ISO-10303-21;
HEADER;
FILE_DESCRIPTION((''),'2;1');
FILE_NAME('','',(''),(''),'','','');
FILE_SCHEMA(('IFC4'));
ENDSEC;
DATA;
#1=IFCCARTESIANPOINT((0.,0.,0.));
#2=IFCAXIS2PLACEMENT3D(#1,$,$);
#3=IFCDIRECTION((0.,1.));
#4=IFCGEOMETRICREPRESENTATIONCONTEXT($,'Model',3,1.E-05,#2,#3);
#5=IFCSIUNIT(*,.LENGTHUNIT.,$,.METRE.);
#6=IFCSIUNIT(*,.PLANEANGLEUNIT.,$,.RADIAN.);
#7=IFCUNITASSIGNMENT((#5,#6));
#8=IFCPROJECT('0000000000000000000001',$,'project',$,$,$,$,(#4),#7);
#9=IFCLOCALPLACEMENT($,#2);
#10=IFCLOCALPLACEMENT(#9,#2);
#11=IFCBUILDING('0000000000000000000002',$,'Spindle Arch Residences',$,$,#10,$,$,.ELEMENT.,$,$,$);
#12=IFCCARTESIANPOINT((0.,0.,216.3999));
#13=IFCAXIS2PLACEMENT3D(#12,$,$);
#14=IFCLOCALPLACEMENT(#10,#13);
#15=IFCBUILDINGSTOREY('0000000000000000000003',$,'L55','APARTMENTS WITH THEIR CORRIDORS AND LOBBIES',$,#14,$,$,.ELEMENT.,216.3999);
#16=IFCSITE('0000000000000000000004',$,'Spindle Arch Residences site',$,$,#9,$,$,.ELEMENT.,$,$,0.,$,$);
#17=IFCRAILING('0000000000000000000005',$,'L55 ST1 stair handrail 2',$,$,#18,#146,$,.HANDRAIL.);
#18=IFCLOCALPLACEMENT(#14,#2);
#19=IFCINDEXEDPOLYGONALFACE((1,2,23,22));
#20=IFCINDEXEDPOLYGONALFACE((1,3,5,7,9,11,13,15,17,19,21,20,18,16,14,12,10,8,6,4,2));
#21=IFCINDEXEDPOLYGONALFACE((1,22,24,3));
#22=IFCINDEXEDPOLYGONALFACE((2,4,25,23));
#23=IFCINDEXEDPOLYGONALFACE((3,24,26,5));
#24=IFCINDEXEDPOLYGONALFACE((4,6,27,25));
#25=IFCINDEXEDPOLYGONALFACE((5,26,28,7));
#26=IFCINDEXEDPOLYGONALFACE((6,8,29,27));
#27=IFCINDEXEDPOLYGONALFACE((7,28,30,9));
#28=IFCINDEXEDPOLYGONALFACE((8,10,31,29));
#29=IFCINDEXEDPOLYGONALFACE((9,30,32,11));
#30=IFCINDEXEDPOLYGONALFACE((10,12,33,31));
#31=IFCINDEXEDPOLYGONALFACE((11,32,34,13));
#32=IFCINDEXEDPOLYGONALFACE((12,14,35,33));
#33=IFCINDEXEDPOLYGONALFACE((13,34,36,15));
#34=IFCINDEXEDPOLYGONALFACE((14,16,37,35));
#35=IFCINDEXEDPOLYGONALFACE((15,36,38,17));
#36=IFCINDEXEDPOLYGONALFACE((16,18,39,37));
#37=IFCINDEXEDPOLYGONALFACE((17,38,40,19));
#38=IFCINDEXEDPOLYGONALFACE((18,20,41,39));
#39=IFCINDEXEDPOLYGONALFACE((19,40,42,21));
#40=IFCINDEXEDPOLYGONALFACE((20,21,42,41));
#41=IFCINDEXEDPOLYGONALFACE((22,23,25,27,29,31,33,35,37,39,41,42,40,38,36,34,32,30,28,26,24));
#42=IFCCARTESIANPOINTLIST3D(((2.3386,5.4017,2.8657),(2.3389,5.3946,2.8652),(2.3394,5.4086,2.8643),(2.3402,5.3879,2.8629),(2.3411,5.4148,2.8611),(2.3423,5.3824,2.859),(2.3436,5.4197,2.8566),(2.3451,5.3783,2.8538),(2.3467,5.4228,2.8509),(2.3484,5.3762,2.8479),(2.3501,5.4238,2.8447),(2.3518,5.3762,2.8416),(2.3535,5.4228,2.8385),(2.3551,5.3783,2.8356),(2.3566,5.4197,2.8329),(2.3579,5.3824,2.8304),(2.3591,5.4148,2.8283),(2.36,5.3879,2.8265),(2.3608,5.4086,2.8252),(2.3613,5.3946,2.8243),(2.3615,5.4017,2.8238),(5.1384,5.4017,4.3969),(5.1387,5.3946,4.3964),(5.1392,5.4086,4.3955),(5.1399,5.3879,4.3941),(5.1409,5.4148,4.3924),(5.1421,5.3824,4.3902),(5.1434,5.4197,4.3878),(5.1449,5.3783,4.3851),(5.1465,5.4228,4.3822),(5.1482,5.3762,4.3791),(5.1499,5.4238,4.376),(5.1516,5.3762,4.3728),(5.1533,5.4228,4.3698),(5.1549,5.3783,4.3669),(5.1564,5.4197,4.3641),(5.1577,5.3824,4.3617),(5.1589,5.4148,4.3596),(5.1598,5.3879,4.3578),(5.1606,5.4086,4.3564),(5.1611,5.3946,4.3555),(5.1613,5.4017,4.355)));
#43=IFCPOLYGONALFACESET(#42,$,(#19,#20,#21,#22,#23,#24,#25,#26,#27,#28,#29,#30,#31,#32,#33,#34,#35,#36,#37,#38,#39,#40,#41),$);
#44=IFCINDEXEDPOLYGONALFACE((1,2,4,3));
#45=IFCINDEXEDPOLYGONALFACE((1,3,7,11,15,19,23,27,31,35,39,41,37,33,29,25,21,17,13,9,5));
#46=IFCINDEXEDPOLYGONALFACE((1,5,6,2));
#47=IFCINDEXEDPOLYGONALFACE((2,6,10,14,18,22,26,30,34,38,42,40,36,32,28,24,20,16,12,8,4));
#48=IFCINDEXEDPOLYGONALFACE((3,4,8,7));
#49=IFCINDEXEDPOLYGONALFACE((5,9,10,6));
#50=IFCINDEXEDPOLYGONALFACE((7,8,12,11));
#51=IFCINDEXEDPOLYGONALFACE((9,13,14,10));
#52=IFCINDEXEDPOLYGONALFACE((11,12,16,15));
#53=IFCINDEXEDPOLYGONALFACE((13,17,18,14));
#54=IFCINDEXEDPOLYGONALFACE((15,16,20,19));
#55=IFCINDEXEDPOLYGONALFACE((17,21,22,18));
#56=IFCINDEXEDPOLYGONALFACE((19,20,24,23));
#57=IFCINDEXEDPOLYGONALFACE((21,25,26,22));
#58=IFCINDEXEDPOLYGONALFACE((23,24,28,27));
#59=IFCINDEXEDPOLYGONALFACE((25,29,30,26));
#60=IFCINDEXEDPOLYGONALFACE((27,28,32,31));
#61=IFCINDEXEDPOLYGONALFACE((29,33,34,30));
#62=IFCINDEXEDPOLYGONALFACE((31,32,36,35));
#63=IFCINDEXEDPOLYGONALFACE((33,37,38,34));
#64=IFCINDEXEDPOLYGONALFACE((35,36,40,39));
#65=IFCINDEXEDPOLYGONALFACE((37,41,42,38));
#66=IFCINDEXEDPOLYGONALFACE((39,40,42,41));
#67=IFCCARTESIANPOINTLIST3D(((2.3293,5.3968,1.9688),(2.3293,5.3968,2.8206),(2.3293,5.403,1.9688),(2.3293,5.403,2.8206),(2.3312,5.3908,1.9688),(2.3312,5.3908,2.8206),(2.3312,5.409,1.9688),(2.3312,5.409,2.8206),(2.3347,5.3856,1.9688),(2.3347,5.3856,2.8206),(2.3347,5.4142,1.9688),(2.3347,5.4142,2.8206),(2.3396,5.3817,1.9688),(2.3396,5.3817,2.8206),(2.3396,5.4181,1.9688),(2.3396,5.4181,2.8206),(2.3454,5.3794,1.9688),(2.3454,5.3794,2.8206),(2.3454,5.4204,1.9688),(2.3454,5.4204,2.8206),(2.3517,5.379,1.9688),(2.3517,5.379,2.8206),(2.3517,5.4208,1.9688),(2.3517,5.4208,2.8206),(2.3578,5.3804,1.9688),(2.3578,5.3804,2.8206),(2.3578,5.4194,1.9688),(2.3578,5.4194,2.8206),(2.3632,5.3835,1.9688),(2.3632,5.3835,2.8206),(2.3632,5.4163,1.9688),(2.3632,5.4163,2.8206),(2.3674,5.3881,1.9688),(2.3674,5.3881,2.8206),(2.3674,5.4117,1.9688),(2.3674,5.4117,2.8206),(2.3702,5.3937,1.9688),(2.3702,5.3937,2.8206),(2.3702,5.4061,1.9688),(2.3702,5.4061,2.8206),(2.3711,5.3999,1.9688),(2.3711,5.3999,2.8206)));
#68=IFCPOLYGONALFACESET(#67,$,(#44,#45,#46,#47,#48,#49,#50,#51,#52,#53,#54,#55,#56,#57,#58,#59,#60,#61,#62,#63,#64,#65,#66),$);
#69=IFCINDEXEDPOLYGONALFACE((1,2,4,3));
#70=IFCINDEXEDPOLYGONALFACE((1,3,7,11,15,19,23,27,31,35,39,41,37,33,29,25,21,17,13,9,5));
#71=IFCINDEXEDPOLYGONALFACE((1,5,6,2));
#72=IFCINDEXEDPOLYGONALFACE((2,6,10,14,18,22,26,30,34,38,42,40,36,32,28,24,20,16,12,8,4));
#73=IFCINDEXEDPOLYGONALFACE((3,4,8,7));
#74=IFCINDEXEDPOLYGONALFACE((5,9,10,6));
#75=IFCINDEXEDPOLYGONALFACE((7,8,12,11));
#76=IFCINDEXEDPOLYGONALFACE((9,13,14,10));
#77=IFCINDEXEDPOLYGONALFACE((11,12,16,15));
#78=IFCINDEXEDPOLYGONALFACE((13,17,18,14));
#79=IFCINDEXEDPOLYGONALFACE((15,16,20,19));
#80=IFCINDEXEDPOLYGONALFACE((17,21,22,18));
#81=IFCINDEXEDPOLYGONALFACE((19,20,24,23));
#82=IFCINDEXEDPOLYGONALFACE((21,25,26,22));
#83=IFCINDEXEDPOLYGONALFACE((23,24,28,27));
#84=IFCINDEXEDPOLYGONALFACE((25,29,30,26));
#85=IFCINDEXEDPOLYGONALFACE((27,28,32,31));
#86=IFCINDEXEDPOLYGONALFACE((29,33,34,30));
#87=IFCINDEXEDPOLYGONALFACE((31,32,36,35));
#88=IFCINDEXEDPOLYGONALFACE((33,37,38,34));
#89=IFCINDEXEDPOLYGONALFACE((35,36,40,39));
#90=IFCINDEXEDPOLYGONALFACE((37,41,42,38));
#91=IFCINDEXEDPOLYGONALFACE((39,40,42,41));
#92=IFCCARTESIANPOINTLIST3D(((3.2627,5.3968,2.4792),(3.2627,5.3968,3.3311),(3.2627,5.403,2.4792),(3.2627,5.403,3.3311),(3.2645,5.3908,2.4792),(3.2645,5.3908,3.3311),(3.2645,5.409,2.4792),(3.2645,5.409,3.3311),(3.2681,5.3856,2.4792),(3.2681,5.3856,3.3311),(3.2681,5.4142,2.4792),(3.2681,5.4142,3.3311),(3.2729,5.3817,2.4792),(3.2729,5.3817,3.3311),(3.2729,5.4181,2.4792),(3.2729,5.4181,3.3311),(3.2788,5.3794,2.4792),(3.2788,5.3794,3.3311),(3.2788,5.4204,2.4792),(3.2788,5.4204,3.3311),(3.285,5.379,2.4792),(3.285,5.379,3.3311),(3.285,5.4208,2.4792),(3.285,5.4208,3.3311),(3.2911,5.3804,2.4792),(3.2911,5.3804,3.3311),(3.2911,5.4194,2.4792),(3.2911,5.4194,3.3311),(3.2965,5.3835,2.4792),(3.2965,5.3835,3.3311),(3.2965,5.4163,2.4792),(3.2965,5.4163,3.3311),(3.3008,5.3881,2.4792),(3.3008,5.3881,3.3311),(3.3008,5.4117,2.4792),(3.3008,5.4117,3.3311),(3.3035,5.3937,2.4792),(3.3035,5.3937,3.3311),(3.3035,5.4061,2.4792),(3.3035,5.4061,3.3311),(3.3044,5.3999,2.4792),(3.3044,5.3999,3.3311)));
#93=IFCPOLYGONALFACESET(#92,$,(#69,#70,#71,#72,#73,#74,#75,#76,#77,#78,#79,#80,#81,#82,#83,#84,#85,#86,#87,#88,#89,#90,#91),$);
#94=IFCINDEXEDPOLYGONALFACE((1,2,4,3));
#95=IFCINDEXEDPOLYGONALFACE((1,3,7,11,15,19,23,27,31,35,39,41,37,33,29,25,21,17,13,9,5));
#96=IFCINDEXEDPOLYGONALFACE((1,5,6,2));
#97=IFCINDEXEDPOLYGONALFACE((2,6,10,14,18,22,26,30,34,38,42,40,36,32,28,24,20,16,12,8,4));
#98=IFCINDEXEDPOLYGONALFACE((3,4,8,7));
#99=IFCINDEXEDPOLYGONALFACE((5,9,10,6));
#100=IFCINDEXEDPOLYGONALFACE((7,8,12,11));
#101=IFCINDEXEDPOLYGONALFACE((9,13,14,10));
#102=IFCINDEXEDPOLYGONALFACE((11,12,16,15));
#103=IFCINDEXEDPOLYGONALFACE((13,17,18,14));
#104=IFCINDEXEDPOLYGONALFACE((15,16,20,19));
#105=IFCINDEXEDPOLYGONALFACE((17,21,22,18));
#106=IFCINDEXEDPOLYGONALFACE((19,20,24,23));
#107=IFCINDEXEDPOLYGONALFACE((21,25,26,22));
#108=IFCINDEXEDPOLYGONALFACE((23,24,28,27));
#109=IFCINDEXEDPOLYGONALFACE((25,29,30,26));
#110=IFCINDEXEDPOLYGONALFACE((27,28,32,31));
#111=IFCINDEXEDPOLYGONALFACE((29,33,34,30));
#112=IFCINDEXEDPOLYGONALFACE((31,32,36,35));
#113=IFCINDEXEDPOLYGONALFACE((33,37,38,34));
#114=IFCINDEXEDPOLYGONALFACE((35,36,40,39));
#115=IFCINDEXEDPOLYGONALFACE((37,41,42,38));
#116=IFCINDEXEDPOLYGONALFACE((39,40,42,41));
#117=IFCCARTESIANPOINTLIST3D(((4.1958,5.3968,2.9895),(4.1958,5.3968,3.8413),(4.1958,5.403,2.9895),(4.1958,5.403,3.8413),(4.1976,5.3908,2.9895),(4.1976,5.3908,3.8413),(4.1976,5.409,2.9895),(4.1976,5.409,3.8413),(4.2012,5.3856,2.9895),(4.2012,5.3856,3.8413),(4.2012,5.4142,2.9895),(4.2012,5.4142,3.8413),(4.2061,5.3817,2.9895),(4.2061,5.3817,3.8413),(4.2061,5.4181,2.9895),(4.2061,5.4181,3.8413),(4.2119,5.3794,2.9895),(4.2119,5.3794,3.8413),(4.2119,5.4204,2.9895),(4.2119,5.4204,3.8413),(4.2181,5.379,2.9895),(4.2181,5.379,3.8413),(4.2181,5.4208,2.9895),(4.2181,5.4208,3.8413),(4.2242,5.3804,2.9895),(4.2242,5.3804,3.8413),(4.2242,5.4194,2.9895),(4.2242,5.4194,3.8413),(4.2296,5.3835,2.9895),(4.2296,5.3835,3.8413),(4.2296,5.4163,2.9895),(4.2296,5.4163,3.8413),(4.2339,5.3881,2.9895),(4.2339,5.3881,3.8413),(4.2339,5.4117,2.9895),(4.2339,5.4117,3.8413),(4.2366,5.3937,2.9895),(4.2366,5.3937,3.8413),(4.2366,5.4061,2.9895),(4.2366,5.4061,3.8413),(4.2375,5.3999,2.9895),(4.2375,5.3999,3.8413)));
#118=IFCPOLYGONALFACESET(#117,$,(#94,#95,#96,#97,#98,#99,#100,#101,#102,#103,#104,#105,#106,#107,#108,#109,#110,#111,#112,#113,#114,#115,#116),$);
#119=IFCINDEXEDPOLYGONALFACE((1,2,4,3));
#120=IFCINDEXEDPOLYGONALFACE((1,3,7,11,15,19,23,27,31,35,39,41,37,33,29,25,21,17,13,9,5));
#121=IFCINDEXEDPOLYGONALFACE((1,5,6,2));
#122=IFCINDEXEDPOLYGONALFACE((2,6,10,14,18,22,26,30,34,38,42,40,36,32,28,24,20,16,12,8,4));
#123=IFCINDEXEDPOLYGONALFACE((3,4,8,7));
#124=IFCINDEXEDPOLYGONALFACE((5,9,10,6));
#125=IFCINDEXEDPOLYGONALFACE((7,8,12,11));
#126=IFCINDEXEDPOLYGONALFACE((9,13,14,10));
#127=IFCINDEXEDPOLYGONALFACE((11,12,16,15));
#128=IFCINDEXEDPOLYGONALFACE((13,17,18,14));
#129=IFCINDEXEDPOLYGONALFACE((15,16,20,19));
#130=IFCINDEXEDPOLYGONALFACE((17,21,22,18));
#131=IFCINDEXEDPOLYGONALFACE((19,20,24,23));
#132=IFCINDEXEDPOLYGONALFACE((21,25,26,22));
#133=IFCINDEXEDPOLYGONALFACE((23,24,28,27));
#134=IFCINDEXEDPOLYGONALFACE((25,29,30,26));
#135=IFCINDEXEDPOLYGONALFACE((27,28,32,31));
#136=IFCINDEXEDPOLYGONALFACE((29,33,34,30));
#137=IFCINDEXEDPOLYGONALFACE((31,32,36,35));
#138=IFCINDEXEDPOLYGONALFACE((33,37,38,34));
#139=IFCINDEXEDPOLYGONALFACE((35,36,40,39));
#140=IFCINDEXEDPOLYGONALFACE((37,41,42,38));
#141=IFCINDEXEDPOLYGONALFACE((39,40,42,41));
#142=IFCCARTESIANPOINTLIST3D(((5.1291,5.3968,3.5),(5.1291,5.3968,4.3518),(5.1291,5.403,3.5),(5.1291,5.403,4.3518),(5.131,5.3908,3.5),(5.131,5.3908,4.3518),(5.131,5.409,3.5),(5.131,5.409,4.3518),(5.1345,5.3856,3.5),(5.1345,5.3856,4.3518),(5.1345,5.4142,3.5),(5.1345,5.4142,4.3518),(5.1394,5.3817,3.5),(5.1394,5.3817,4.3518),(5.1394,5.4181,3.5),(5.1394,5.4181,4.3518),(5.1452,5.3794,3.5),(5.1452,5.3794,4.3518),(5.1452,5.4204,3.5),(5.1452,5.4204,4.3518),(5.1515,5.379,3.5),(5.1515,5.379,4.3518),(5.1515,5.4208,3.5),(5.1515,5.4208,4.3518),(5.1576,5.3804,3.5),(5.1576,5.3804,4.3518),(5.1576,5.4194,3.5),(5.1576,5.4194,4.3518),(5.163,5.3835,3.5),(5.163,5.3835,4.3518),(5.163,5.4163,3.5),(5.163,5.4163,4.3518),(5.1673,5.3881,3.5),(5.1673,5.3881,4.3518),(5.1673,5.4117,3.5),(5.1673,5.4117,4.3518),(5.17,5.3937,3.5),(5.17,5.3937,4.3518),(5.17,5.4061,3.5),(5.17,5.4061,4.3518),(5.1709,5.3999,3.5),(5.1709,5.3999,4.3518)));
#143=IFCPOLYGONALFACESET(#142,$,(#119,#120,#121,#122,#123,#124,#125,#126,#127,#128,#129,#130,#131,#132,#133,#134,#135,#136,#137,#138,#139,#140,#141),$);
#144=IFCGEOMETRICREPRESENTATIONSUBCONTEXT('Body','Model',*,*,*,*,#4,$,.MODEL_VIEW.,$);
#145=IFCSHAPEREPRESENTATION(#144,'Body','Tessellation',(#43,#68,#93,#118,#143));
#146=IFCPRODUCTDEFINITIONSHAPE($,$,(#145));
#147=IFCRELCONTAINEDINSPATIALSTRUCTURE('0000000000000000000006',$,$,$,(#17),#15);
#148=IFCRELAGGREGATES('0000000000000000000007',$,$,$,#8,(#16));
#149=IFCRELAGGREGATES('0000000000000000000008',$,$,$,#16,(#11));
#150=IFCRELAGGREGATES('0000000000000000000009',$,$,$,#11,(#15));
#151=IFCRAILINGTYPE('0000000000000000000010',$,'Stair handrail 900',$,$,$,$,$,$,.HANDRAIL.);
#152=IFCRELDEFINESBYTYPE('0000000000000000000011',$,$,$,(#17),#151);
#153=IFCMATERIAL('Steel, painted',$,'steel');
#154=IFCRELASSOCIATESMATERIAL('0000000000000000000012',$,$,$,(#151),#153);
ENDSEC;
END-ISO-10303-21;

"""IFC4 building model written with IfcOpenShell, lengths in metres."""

from ifc_helpers import new_model, si_unit, direction, frame, origin, origin_2d, place, context, subcontext, project, spatial, circle, extrude, material, type_object, element, save


model = new_model("IFC4")

# Units and contexts
model_context = context("Model", 3, precision=1e-05, world=origin(), true_north=direction((0.0, 1.0)))
body_context = subcontext(model_context, "Body", "Model", "MODEL_VIEW")
ifc_project = project(units=[si_unit("LENGTHUNIT", "METRE"), si_unit("PLANEANGLEUNIT", "RADIAN")], contexts=[model_context])

# Site, building, storey
site_placement = place(None, origin())
site = spatial("IfcSite", under=ifc_project, at=site_placement, Name="Spindle Arch Residences site", CompositionType="ELEMENT", RefElevation=0.0)
building_placement = place(site_placement, origin())
building = spatial("IfcBuilding", under=site, at=building_placement, Name="Spindle Arch Residences", CompositionType="ELEMENT")
storey_placement = place(building_placement, frame((0.0, 0.0, 216.3999)))
storey = spatial("IfcBuildingStorey", under=building, at=storey_placement, Name="L55", Description="APARTMENTS WITH THEIR CORRIDORS AND LOBBIES", CompositionType="ELEMENT", Elevation=216.3999)

# Railing
ifc_material_1 = material(Name="Steel, painted", Category="steel")
railing_type_1 = type_object("IfcRailingType", Name="Stair handrail 900", PredefinedType="HANDRAIL", material=ifc_material_1)
railing_1_placement = place(storey_placement, frame((2.3501, 5.3999, 1.9688)))
element("IfcRailing", 1, at=railing_1_placement, inside=storey, type_object=railing_type_1, Name="L55 ST1 stair handrail 2", PredefinedType="HANDRAIL", context=body_context, shape_type="SweptSolid", body=[
    extrude(circle(Radius=0.0239, at=origin_2d()), frame((0.0, 0.0, 0.876), z_axis=(0.877357, 0.0, 0.479838), x_axis=(0.0, 1.0, 0.0)), (0.0, 0.0, 1.0), 3.1912),
    extrude(circle(Radius=0.021, at=origin_2d()), origin(), (0.0, 0.0, 1.0), 0.8518),
    extrude(circle(Radius=0.021, at=origin_2d()), frame((0.9333, 0.0, 0.5105)), (0.0, 0.0, 1.0), 0.8518),
    extrude(circle(Radius=0.021, at=origin_2d()), frame((1.8665, 0.0, 1.0208)), (0.0, 0.0, 1.0), 0.8518),
    extrude(circle(Radius=0.021, at=origin_2d()), frame((2.7998, 0.0, 1.5312)), (0.0, 0.0, 1.0), 0.8518),
])

save(model, "model.ifc")
